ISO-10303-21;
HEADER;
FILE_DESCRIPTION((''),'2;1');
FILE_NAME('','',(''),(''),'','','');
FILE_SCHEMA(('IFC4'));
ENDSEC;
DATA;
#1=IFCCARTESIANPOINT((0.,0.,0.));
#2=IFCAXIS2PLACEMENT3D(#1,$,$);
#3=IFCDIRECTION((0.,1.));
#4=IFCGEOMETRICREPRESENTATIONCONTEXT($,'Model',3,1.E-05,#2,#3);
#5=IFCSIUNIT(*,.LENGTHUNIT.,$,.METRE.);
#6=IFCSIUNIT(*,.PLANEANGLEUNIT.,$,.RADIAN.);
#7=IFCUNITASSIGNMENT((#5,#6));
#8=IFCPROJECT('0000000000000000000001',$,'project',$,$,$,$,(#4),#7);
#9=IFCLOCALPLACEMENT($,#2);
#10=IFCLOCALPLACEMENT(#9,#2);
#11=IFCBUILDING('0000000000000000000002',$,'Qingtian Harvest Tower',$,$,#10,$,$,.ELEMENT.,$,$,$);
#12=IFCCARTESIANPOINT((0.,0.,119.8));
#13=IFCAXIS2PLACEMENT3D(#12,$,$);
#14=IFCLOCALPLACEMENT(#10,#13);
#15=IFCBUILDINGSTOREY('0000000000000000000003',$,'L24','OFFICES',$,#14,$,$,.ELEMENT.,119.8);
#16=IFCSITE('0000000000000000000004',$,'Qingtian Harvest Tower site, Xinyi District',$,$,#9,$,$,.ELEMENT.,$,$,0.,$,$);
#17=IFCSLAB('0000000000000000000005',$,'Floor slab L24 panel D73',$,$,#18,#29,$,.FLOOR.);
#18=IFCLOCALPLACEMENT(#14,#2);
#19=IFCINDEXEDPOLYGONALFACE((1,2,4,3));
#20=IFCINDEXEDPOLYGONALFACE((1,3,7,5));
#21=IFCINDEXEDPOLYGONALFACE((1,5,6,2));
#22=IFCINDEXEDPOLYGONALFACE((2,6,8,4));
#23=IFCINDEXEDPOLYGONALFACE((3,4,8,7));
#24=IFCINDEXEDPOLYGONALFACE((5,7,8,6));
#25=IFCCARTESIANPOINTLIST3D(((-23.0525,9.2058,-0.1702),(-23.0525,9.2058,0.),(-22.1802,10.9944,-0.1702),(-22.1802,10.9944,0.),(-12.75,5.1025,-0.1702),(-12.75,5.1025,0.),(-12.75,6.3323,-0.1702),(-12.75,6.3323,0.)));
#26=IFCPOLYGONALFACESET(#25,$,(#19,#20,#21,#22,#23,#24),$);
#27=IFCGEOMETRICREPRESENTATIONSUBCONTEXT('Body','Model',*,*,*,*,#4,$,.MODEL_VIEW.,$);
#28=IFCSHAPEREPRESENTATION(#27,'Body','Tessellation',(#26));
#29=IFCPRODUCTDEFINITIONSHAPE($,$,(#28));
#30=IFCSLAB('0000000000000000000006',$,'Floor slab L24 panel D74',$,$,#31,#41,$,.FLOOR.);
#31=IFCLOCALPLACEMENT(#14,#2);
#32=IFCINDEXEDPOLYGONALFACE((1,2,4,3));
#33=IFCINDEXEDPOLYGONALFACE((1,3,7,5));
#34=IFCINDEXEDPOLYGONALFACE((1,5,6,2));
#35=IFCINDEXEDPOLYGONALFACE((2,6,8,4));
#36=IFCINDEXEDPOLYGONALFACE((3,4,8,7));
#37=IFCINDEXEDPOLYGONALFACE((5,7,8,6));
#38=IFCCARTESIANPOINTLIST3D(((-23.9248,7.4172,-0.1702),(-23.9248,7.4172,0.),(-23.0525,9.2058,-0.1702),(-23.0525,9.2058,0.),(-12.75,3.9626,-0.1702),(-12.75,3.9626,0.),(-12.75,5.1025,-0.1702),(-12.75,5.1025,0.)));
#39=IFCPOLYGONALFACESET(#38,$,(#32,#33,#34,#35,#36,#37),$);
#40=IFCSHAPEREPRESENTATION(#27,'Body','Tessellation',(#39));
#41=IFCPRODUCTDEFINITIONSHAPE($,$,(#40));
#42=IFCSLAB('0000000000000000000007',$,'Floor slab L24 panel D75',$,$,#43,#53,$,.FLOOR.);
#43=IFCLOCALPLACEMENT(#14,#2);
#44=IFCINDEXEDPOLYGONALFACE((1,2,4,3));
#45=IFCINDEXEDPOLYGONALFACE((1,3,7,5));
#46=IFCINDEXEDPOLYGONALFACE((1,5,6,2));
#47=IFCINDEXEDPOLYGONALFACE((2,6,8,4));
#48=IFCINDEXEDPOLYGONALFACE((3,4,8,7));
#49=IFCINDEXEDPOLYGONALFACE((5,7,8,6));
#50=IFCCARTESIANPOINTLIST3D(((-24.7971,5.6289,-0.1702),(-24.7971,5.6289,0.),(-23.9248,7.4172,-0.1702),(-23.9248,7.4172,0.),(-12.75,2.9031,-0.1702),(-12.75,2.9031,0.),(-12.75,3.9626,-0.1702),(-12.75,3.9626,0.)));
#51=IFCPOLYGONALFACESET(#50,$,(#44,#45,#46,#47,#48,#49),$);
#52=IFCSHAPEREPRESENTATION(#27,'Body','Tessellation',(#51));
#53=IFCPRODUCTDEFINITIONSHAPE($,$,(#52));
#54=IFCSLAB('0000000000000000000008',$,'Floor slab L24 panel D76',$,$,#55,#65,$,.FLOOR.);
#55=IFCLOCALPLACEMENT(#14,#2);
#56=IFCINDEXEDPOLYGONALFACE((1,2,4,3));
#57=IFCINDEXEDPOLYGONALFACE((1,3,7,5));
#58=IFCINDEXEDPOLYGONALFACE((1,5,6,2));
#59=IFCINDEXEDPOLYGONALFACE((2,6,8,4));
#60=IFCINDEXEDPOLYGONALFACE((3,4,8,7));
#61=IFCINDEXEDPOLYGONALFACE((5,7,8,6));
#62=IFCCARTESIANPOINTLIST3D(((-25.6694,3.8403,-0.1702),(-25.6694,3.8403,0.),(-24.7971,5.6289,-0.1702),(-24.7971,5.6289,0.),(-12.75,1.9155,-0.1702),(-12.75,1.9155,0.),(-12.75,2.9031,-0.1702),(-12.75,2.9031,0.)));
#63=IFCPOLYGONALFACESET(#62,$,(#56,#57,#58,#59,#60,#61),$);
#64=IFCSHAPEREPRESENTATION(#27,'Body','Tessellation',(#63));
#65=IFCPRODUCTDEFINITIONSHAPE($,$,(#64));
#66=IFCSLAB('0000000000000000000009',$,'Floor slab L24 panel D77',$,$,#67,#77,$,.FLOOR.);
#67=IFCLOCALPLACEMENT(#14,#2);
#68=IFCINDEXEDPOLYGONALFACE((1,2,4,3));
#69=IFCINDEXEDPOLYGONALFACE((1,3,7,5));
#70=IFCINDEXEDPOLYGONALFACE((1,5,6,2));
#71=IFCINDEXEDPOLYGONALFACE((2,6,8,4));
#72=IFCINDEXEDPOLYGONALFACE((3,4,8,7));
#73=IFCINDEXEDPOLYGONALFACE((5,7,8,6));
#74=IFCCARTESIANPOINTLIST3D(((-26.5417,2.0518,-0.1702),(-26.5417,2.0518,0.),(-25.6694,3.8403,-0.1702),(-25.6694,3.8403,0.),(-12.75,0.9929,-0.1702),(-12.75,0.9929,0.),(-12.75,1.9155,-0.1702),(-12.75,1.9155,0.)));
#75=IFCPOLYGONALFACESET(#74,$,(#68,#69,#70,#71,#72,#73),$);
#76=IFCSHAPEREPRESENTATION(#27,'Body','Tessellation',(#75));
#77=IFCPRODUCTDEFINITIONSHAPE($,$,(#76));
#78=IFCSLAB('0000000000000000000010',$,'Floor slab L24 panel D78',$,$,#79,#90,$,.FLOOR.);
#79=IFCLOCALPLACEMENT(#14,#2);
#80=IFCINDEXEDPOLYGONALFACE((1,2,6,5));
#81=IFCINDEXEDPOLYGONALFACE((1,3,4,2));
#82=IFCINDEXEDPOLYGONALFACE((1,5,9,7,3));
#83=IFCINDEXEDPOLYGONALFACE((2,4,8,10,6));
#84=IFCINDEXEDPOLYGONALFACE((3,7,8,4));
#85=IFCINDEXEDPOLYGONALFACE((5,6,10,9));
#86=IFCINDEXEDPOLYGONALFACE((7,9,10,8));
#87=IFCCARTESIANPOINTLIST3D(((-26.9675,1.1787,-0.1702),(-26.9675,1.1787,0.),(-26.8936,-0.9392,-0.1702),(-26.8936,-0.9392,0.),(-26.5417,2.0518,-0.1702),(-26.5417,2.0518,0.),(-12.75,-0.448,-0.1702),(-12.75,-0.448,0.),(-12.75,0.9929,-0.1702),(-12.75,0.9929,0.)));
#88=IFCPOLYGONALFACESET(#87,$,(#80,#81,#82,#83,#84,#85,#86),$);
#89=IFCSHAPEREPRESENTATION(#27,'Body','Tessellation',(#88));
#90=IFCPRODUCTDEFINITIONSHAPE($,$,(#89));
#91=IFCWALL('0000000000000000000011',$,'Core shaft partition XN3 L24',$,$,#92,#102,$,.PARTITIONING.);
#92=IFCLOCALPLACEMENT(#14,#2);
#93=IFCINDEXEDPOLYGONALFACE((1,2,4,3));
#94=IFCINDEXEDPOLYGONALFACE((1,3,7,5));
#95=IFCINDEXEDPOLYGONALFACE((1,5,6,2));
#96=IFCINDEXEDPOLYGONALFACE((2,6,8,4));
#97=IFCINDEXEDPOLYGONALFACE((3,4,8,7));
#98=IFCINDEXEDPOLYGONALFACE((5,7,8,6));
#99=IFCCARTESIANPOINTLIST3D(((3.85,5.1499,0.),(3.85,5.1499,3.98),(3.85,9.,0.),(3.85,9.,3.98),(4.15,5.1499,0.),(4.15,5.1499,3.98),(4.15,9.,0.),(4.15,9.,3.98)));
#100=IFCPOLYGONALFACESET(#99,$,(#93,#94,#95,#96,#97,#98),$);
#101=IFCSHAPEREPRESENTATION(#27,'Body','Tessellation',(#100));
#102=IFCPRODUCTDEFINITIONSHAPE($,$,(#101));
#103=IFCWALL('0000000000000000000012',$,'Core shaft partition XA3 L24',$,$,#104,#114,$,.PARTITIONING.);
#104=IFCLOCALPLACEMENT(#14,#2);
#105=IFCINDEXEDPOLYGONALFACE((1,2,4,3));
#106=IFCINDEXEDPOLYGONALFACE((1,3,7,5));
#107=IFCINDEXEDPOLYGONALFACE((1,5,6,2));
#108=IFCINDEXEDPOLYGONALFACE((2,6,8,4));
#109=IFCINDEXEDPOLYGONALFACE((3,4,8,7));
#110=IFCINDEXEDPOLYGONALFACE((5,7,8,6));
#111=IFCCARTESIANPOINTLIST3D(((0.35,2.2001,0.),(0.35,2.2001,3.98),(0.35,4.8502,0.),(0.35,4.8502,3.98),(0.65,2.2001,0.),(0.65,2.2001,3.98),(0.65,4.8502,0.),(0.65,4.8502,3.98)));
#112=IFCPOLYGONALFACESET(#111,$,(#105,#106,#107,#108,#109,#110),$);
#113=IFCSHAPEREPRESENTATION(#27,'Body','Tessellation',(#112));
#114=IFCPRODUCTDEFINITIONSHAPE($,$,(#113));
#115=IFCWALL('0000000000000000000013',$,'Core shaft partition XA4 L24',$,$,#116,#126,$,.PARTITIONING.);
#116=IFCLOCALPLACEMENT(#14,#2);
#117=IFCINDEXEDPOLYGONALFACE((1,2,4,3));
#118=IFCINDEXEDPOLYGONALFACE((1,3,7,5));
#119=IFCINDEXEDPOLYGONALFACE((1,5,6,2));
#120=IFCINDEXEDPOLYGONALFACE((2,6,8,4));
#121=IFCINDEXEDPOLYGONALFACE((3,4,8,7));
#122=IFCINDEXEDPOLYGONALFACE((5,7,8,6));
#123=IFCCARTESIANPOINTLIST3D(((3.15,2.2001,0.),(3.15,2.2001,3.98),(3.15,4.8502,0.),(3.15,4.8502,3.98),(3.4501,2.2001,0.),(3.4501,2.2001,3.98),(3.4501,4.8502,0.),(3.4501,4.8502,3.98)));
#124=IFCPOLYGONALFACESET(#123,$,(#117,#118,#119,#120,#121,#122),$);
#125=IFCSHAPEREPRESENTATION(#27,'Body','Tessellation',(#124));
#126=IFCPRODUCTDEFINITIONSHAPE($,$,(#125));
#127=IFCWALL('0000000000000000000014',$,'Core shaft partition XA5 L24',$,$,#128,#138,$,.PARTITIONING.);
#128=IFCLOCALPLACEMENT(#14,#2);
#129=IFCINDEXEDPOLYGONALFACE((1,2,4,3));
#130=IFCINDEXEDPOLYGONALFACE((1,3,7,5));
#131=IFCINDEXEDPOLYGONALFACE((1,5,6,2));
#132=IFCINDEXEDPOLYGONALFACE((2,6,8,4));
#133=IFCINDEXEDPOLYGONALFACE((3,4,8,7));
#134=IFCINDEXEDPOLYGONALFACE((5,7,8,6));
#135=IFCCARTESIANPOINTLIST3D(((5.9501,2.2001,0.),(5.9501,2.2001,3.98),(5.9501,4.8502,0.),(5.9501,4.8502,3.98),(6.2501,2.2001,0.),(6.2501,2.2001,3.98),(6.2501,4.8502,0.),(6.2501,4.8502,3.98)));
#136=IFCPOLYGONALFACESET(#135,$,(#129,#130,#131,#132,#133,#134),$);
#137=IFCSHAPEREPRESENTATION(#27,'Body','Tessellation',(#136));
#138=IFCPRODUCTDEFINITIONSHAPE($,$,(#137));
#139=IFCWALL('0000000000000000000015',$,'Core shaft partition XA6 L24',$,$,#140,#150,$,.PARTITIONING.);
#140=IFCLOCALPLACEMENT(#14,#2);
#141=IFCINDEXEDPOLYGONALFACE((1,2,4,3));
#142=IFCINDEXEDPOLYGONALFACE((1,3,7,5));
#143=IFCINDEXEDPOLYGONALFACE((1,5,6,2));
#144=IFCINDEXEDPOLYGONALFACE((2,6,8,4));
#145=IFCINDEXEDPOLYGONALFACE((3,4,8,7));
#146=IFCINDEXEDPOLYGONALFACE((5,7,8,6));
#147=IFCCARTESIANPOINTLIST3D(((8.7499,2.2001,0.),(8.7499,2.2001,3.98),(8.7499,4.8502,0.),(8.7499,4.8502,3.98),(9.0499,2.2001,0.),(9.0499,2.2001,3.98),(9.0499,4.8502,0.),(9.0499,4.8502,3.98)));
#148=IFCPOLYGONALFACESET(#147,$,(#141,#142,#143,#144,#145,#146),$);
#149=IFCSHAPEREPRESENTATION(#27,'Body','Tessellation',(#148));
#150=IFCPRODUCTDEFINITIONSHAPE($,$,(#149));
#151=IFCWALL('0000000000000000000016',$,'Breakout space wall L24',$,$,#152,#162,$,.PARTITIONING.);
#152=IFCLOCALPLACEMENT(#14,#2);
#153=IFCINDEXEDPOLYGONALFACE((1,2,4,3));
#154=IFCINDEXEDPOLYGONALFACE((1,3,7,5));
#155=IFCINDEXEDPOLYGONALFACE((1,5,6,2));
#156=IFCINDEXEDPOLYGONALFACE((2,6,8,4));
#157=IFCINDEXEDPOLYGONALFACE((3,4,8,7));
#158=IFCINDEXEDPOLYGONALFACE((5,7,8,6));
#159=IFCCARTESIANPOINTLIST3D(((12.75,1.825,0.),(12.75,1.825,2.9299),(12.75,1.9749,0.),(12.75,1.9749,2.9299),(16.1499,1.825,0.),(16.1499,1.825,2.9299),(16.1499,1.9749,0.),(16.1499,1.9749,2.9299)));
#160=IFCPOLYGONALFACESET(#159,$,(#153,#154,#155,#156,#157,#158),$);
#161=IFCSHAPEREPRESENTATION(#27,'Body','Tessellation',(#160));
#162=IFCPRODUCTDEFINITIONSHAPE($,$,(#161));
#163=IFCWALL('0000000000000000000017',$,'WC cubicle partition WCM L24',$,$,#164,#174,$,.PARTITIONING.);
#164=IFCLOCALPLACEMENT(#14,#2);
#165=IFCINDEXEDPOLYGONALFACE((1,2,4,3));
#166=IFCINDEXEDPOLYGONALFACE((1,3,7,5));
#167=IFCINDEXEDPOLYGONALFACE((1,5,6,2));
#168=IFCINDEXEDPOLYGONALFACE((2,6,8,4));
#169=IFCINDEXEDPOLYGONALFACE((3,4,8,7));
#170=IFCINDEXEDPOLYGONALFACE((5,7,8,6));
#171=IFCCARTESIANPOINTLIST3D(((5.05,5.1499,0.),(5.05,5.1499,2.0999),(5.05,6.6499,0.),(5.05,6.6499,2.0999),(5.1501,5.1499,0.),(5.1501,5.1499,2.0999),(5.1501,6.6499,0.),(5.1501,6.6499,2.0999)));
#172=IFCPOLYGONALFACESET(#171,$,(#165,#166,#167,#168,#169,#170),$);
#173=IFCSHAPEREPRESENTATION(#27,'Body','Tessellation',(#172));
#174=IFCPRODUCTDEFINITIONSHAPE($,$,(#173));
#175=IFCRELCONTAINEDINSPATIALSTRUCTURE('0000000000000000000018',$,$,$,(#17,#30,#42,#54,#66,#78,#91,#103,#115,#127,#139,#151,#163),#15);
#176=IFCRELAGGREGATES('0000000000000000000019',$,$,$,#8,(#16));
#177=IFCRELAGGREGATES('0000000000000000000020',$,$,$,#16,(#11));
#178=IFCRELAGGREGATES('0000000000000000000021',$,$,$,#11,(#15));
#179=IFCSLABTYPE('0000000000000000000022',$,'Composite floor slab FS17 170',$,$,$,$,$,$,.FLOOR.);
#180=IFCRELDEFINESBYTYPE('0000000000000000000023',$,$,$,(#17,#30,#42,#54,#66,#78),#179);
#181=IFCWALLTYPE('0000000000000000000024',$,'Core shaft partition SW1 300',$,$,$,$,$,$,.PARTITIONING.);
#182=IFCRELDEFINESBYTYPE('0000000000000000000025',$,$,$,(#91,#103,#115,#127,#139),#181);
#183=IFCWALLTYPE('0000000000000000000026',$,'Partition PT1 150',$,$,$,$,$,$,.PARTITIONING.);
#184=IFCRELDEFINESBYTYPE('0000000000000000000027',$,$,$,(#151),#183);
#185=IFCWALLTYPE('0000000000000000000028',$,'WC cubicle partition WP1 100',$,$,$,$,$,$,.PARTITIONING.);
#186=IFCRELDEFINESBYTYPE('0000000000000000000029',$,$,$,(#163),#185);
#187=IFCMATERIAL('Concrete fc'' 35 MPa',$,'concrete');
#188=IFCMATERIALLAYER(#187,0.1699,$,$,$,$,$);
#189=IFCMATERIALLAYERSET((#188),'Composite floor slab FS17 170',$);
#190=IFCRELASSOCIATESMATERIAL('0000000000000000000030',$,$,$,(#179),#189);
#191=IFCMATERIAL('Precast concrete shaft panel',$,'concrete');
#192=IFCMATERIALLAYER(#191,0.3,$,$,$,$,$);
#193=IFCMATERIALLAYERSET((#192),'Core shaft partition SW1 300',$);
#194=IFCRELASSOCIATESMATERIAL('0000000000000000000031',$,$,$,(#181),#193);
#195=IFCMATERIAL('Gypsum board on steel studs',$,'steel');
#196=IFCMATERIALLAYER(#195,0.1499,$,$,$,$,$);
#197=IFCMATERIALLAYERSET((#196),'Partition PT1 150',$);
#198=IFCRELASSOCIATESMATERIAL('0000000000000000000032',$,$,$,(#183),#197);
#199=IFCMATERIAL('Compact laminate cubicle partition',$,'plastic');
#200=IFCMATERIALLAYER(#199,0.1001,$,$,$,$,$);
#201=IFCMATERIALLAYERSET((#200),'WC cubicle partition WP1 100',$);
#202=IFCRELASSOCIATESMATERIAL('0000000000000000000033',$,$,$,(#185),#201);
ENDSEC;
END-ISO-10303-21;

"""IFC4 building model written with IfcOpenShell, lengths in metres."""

from ifc_helpers import new_model, si_unit, direction, frame, frame_2d, origin, place, context, subcontext, project, spatial, polyline, rectangle, outline, extrude, material, layer, layer_set, type_object, element, save


model = new_model("IFC4")

# Units and contexts
model_context = context("Model", 3, precision=1e-05, world=origin(), true_north=direction((0.0, 1.0)))
body_context = subcontext(model_context, "Body", "Model", "MODEL_VIEW")
ifc_project = project(units=[si_unit("LENGTHUNIT", "METRE"), si_unit("PLANEANGLEUNIT", "RADIAN")], contexts=[model_context])

# Site, building, storey
site_placement = place(None, origin())
site = spatial("IfcSite", under=ifc_project, at=site_placement, Name="Qingtian Harvest Tower site, Xinyi District", CompositionType="ELEMENT", RefElevation=0.0)
building_placement = place(site_placement, origin())
building = spatial("IfcBuilding", under=site, at=building_placement, Name="Qingtian Harvest Tower", CompositionType="ELEMENT")
storey_placement = place(building_placement, frame((0.0, 0.0, 119.8)))
storey = spatial("IfcBuildingStorey", under=building, at=storey_placement, Name="L24", Description="OFFICES", CompositionType="ELEMENT", Elevation=119.8)

# Slabs
ifc_material_1 = material(Name="Concrete fc' 35 MPa", Category="concrete")
ifc_layer_1 = layer(ifc_material_1, 0.1699)
ifc_layer_set_1 = layer_set([ifc_layer_1], Name="Composite floor slab FS17 170")
slab_type = type_object("IfcSlabType", Name="Composite floor slab FS17 170", PredefinedType="FLOOR", material=ifc_layer_set_1)
slab_1_placement = place(storey_placement, frame((0.0, 0.0, -0.1702)))
element("IfcSlab", 1, at=slab_1_placement, inside=storey, type_object=slab_type, Name="Floor slab L24 panel D73", PredefinedType="FLOOR", context=body_context, shape_type="SweptSolid", body=[
    extrude(outline(polyline([(-12.75, 5.1025), (-23.0525, 9.2058), (-22.1802, 10.9944), (-12.75, 6.3323), (-12.75, 5.1025)])), origin(), (0.0, 0.0, 1.0), 0.1702),
])
slab_2_placement = place(storey_placement, frame((0.0, 0.0, -0.1702)))
element("IfcSlab", 2, at=slab_2_placement, inside=storey, type_object=slab_type, Name="Floor slab L24 panel D74", PredefinedType="FLOOR", context=body_context, shape_type="SweptSolid", body=[
    extrude(outline(polyline([(-12.75, 3.9626), (-23.9248, 7.4172), (-23.0525, 9.2058), (-12.75, 5.1025), (-12.75, 3.9626)])), origin(), (0.0, 0.0, 1.0), 0.1702),
])
slab_3_placement = place(storey_placement, frame((0.0, 0.0, -0.1702)))
element("IfcSlab", 3, at=slab_3_placement, inside=storey, type_object=slab_type, Name="Floor slab L24 panel D75", PredefinedType="FLOOR", context=body_context, shape_type="SweptSolid", body=[
    extrude(outline(polyline([(-12.75, 2.9031), (-24.7971, 5.6289), (-23.9248, 7.4172), (-12.75, 3.9626), (-12.75, 2.9031)])), origin(), (0.0, 0.0, 1.0), 0.1702),
])
slab_4_placement = place(storey_placement, frame((0.0, 0.0, -0.1702)))
element("IfcSlab", 4, at=slab_4_placement, inside=storey, type_object=slab_type, Name="Floor slab L24 panel D76", PredefinedType="FLOOR", context=body_context, shape_type="SweptSolid", body=[
    extrude(outline(polyline([(-12.75, 1.9155), (-25.6694, 3.8403), (-24.7971, 5.6289), (-12.75, 2.9031), (-12.75, 1.9155)])), origin(), (0.0, 0.0, 1.0), 0.1702),
])
slab_5_placement = place(storey_placement, frame((0.0, 0.0, -0.1702)))
element("IfcSlab", 5, at=slab_5_placement, inside=storey, type_object=slab_type, Name="Floor slab L24 panel D77", PredefinedType="FLOOR", context=body_context, shape_type="SweptSolid", body=[
    extrude(outline(polyline([(-12.75, 0.9929), (-26.5417, 2.0518), (-25.6694, 3.8403), (-12.75, 1.9155), (-12.75, 0.9929)])), origin(), (0.0, 0.0, 1.0), 0.1702),
])
slab_6_placement = place(storey_placement, frame((0.0, 0.0, -0.1702)))
element("IfcSlab", 6, at=slab_6_placement, inside=storey, type_object=slab_type, Name="Floor slab L24 panel D78", PredefinedType="FLOOR", context=body_context, shape_type="SweptSolid", body=[
    extrude(outline(polyline([(-12.75, 0.9929), (-12.75, -0.448), (-26.8936, -0.9392), (-26.9675, 1.1787), (-26.5417, 2.0518), (-12.75, 0.9929)])), origin(), (0.0, 0.0, 1.0), 0.1702),
])

# Shared definitions
ifc_material_2 = material(Name="Precast concrete shaft panel", Category="concrete")
ifc_layer_2 = layer(ifc_material_2, 0.3)
ifc_layer_set_2 = layer_set([ifc_layer_2], Name="Core shaft partition SW1 300")
wall_type_1 = type_object("IfcWallType", Name="Core shaft partition SW1 300", PredefinedType="PARTITIONING", material=ifc_layer_set_2)

# Walls
wall_1_placement = place(storey_placement, frame((4.0, 5.1499, 0.0), z_axis=(0.0, 0.0, 1.0), x_axis=(0.0, 1.0, 0.0)))
element("IfcWall", 7, at=wall_1_placement, inside=storey, type_object=wall_type_1, Name="Core shaft partition XN3 L24", PredefinedType="PARTITIONING", context=body_context, shape_type="SweptSolid", body=[
    extrude(rectangle(XDim=3.8501, YDim=0.3, at=frame_2d((1.925, 0.0))), origin(), (0.0, 0.0, 1.0), 3.98),
])
for number, where, z_axis, x_axis, name in (
    (8, (0.5, 2.2, 0.0), (0.0, 0.0, 1.0), (0.0, 1.0, 0.0), "Core shaft partition XA3 L24"),
    (9, (3.3, 2.2, 0.0), (0.0, 0.0, 1.0), (0.0, 1.0, 0.0), "Core shaft partition XA4 L24"),
    (10, (6.1001, 2.2, 0.0), (0.0, 0.0, 1.0), (0.0, 1.0, 0.0), "Core shaft partition XA5 L24"),
    (11, (8.8999, 2.2, 0.0), (0.0, 0.0, 1.0), (0.0, 1.0, 0.0), "Core shaft partition XA6 L24"),
):
    element("IfcWall", number, at=place(storey_placement, frame(where, z_axis=z_axis, x_axis=x_axis)), inside=storey, type_object=wall_type_1, Name=name, PredefinedType="PARTITIONING", context=body_context, shape_type="SweptSolid", body=[
        extrude(rectangle(XDim=2.6501, YDim=0.3, at=frame_2d((1.3252, 0.0))), origin(), (0.0, 0.0, 1.0), 3.98),
    ])
ifc_material_3 = material(Name="Gypsum board on steel studs", Category="steel")
ifc_layer_3 = layer(ifc_material_3, 0.1499)
ifc_layer_set_3 = layer_set([ifc_layer_3], Name="Partition PT1 150")
wall_type_2 = type_object("IfcWallType", Name="Partition PT1 150", PredefinedType="PARTITIONING", material=ifc_layer_set_3)
wall_2_placement = place(storey_placement, frame((12.75, 1.8999, 0.0), z_axis=(0.0, 0.0, 1.0), x_axis=(1.0, 0.0, 0.0)))
element("IfcWall", 12, at=wall_2_placement, inside=storey, type_object=wall_type_2, Name="Breakout space wall L24", PredefinedType="PARTITIONING", context=body_context, shape_type="SweptSolid", body=[
    extrude(rectangle(XDim=3.3999, YDim=0.1499, at=frame_2d((1.7, 0.0))), origin(), (0.0, 0.0, 1.0), 2.9299),
])
ifc_material_4 = material(Name="Compact laminate cubicle partition", Category="plastic")
ifc_layer_4 = layer(ifc_material_4, 0.1001)
ifc_layer_set_4 = layer_set([ifc_layer_4], Name="WC cubicle partition WP1 100")
wall_type_3 = type_object("IfcWallType", Name="WC cubicle partition WP1 100", PredefinedType="PARTITIONING", material=ifc_layer_set_4)
wall_3_placement = place(storey_placement, frame((5.1001, 5.1499, 0.0), z_axis=(0.0, 0.0, 1.0), x_axis=(0.0, 1.0, 0.0)))
element("IfcWall", 13, at=wall_3_placement, inside=storey, type_object=wall_type_3, Name="WC cubicle partition WCM L24", PredefinedType="PARTITIONING", context=body_context, shape_type="SweptSolid", body=[
    extrude(rectangle(XDim=1.5, YDim=0.1001, at=frame_2d((0.75, 0.0))), origin(), (0.0, 0.0, 1.0), 2.0999),
])

save(model, "model.ifc")
